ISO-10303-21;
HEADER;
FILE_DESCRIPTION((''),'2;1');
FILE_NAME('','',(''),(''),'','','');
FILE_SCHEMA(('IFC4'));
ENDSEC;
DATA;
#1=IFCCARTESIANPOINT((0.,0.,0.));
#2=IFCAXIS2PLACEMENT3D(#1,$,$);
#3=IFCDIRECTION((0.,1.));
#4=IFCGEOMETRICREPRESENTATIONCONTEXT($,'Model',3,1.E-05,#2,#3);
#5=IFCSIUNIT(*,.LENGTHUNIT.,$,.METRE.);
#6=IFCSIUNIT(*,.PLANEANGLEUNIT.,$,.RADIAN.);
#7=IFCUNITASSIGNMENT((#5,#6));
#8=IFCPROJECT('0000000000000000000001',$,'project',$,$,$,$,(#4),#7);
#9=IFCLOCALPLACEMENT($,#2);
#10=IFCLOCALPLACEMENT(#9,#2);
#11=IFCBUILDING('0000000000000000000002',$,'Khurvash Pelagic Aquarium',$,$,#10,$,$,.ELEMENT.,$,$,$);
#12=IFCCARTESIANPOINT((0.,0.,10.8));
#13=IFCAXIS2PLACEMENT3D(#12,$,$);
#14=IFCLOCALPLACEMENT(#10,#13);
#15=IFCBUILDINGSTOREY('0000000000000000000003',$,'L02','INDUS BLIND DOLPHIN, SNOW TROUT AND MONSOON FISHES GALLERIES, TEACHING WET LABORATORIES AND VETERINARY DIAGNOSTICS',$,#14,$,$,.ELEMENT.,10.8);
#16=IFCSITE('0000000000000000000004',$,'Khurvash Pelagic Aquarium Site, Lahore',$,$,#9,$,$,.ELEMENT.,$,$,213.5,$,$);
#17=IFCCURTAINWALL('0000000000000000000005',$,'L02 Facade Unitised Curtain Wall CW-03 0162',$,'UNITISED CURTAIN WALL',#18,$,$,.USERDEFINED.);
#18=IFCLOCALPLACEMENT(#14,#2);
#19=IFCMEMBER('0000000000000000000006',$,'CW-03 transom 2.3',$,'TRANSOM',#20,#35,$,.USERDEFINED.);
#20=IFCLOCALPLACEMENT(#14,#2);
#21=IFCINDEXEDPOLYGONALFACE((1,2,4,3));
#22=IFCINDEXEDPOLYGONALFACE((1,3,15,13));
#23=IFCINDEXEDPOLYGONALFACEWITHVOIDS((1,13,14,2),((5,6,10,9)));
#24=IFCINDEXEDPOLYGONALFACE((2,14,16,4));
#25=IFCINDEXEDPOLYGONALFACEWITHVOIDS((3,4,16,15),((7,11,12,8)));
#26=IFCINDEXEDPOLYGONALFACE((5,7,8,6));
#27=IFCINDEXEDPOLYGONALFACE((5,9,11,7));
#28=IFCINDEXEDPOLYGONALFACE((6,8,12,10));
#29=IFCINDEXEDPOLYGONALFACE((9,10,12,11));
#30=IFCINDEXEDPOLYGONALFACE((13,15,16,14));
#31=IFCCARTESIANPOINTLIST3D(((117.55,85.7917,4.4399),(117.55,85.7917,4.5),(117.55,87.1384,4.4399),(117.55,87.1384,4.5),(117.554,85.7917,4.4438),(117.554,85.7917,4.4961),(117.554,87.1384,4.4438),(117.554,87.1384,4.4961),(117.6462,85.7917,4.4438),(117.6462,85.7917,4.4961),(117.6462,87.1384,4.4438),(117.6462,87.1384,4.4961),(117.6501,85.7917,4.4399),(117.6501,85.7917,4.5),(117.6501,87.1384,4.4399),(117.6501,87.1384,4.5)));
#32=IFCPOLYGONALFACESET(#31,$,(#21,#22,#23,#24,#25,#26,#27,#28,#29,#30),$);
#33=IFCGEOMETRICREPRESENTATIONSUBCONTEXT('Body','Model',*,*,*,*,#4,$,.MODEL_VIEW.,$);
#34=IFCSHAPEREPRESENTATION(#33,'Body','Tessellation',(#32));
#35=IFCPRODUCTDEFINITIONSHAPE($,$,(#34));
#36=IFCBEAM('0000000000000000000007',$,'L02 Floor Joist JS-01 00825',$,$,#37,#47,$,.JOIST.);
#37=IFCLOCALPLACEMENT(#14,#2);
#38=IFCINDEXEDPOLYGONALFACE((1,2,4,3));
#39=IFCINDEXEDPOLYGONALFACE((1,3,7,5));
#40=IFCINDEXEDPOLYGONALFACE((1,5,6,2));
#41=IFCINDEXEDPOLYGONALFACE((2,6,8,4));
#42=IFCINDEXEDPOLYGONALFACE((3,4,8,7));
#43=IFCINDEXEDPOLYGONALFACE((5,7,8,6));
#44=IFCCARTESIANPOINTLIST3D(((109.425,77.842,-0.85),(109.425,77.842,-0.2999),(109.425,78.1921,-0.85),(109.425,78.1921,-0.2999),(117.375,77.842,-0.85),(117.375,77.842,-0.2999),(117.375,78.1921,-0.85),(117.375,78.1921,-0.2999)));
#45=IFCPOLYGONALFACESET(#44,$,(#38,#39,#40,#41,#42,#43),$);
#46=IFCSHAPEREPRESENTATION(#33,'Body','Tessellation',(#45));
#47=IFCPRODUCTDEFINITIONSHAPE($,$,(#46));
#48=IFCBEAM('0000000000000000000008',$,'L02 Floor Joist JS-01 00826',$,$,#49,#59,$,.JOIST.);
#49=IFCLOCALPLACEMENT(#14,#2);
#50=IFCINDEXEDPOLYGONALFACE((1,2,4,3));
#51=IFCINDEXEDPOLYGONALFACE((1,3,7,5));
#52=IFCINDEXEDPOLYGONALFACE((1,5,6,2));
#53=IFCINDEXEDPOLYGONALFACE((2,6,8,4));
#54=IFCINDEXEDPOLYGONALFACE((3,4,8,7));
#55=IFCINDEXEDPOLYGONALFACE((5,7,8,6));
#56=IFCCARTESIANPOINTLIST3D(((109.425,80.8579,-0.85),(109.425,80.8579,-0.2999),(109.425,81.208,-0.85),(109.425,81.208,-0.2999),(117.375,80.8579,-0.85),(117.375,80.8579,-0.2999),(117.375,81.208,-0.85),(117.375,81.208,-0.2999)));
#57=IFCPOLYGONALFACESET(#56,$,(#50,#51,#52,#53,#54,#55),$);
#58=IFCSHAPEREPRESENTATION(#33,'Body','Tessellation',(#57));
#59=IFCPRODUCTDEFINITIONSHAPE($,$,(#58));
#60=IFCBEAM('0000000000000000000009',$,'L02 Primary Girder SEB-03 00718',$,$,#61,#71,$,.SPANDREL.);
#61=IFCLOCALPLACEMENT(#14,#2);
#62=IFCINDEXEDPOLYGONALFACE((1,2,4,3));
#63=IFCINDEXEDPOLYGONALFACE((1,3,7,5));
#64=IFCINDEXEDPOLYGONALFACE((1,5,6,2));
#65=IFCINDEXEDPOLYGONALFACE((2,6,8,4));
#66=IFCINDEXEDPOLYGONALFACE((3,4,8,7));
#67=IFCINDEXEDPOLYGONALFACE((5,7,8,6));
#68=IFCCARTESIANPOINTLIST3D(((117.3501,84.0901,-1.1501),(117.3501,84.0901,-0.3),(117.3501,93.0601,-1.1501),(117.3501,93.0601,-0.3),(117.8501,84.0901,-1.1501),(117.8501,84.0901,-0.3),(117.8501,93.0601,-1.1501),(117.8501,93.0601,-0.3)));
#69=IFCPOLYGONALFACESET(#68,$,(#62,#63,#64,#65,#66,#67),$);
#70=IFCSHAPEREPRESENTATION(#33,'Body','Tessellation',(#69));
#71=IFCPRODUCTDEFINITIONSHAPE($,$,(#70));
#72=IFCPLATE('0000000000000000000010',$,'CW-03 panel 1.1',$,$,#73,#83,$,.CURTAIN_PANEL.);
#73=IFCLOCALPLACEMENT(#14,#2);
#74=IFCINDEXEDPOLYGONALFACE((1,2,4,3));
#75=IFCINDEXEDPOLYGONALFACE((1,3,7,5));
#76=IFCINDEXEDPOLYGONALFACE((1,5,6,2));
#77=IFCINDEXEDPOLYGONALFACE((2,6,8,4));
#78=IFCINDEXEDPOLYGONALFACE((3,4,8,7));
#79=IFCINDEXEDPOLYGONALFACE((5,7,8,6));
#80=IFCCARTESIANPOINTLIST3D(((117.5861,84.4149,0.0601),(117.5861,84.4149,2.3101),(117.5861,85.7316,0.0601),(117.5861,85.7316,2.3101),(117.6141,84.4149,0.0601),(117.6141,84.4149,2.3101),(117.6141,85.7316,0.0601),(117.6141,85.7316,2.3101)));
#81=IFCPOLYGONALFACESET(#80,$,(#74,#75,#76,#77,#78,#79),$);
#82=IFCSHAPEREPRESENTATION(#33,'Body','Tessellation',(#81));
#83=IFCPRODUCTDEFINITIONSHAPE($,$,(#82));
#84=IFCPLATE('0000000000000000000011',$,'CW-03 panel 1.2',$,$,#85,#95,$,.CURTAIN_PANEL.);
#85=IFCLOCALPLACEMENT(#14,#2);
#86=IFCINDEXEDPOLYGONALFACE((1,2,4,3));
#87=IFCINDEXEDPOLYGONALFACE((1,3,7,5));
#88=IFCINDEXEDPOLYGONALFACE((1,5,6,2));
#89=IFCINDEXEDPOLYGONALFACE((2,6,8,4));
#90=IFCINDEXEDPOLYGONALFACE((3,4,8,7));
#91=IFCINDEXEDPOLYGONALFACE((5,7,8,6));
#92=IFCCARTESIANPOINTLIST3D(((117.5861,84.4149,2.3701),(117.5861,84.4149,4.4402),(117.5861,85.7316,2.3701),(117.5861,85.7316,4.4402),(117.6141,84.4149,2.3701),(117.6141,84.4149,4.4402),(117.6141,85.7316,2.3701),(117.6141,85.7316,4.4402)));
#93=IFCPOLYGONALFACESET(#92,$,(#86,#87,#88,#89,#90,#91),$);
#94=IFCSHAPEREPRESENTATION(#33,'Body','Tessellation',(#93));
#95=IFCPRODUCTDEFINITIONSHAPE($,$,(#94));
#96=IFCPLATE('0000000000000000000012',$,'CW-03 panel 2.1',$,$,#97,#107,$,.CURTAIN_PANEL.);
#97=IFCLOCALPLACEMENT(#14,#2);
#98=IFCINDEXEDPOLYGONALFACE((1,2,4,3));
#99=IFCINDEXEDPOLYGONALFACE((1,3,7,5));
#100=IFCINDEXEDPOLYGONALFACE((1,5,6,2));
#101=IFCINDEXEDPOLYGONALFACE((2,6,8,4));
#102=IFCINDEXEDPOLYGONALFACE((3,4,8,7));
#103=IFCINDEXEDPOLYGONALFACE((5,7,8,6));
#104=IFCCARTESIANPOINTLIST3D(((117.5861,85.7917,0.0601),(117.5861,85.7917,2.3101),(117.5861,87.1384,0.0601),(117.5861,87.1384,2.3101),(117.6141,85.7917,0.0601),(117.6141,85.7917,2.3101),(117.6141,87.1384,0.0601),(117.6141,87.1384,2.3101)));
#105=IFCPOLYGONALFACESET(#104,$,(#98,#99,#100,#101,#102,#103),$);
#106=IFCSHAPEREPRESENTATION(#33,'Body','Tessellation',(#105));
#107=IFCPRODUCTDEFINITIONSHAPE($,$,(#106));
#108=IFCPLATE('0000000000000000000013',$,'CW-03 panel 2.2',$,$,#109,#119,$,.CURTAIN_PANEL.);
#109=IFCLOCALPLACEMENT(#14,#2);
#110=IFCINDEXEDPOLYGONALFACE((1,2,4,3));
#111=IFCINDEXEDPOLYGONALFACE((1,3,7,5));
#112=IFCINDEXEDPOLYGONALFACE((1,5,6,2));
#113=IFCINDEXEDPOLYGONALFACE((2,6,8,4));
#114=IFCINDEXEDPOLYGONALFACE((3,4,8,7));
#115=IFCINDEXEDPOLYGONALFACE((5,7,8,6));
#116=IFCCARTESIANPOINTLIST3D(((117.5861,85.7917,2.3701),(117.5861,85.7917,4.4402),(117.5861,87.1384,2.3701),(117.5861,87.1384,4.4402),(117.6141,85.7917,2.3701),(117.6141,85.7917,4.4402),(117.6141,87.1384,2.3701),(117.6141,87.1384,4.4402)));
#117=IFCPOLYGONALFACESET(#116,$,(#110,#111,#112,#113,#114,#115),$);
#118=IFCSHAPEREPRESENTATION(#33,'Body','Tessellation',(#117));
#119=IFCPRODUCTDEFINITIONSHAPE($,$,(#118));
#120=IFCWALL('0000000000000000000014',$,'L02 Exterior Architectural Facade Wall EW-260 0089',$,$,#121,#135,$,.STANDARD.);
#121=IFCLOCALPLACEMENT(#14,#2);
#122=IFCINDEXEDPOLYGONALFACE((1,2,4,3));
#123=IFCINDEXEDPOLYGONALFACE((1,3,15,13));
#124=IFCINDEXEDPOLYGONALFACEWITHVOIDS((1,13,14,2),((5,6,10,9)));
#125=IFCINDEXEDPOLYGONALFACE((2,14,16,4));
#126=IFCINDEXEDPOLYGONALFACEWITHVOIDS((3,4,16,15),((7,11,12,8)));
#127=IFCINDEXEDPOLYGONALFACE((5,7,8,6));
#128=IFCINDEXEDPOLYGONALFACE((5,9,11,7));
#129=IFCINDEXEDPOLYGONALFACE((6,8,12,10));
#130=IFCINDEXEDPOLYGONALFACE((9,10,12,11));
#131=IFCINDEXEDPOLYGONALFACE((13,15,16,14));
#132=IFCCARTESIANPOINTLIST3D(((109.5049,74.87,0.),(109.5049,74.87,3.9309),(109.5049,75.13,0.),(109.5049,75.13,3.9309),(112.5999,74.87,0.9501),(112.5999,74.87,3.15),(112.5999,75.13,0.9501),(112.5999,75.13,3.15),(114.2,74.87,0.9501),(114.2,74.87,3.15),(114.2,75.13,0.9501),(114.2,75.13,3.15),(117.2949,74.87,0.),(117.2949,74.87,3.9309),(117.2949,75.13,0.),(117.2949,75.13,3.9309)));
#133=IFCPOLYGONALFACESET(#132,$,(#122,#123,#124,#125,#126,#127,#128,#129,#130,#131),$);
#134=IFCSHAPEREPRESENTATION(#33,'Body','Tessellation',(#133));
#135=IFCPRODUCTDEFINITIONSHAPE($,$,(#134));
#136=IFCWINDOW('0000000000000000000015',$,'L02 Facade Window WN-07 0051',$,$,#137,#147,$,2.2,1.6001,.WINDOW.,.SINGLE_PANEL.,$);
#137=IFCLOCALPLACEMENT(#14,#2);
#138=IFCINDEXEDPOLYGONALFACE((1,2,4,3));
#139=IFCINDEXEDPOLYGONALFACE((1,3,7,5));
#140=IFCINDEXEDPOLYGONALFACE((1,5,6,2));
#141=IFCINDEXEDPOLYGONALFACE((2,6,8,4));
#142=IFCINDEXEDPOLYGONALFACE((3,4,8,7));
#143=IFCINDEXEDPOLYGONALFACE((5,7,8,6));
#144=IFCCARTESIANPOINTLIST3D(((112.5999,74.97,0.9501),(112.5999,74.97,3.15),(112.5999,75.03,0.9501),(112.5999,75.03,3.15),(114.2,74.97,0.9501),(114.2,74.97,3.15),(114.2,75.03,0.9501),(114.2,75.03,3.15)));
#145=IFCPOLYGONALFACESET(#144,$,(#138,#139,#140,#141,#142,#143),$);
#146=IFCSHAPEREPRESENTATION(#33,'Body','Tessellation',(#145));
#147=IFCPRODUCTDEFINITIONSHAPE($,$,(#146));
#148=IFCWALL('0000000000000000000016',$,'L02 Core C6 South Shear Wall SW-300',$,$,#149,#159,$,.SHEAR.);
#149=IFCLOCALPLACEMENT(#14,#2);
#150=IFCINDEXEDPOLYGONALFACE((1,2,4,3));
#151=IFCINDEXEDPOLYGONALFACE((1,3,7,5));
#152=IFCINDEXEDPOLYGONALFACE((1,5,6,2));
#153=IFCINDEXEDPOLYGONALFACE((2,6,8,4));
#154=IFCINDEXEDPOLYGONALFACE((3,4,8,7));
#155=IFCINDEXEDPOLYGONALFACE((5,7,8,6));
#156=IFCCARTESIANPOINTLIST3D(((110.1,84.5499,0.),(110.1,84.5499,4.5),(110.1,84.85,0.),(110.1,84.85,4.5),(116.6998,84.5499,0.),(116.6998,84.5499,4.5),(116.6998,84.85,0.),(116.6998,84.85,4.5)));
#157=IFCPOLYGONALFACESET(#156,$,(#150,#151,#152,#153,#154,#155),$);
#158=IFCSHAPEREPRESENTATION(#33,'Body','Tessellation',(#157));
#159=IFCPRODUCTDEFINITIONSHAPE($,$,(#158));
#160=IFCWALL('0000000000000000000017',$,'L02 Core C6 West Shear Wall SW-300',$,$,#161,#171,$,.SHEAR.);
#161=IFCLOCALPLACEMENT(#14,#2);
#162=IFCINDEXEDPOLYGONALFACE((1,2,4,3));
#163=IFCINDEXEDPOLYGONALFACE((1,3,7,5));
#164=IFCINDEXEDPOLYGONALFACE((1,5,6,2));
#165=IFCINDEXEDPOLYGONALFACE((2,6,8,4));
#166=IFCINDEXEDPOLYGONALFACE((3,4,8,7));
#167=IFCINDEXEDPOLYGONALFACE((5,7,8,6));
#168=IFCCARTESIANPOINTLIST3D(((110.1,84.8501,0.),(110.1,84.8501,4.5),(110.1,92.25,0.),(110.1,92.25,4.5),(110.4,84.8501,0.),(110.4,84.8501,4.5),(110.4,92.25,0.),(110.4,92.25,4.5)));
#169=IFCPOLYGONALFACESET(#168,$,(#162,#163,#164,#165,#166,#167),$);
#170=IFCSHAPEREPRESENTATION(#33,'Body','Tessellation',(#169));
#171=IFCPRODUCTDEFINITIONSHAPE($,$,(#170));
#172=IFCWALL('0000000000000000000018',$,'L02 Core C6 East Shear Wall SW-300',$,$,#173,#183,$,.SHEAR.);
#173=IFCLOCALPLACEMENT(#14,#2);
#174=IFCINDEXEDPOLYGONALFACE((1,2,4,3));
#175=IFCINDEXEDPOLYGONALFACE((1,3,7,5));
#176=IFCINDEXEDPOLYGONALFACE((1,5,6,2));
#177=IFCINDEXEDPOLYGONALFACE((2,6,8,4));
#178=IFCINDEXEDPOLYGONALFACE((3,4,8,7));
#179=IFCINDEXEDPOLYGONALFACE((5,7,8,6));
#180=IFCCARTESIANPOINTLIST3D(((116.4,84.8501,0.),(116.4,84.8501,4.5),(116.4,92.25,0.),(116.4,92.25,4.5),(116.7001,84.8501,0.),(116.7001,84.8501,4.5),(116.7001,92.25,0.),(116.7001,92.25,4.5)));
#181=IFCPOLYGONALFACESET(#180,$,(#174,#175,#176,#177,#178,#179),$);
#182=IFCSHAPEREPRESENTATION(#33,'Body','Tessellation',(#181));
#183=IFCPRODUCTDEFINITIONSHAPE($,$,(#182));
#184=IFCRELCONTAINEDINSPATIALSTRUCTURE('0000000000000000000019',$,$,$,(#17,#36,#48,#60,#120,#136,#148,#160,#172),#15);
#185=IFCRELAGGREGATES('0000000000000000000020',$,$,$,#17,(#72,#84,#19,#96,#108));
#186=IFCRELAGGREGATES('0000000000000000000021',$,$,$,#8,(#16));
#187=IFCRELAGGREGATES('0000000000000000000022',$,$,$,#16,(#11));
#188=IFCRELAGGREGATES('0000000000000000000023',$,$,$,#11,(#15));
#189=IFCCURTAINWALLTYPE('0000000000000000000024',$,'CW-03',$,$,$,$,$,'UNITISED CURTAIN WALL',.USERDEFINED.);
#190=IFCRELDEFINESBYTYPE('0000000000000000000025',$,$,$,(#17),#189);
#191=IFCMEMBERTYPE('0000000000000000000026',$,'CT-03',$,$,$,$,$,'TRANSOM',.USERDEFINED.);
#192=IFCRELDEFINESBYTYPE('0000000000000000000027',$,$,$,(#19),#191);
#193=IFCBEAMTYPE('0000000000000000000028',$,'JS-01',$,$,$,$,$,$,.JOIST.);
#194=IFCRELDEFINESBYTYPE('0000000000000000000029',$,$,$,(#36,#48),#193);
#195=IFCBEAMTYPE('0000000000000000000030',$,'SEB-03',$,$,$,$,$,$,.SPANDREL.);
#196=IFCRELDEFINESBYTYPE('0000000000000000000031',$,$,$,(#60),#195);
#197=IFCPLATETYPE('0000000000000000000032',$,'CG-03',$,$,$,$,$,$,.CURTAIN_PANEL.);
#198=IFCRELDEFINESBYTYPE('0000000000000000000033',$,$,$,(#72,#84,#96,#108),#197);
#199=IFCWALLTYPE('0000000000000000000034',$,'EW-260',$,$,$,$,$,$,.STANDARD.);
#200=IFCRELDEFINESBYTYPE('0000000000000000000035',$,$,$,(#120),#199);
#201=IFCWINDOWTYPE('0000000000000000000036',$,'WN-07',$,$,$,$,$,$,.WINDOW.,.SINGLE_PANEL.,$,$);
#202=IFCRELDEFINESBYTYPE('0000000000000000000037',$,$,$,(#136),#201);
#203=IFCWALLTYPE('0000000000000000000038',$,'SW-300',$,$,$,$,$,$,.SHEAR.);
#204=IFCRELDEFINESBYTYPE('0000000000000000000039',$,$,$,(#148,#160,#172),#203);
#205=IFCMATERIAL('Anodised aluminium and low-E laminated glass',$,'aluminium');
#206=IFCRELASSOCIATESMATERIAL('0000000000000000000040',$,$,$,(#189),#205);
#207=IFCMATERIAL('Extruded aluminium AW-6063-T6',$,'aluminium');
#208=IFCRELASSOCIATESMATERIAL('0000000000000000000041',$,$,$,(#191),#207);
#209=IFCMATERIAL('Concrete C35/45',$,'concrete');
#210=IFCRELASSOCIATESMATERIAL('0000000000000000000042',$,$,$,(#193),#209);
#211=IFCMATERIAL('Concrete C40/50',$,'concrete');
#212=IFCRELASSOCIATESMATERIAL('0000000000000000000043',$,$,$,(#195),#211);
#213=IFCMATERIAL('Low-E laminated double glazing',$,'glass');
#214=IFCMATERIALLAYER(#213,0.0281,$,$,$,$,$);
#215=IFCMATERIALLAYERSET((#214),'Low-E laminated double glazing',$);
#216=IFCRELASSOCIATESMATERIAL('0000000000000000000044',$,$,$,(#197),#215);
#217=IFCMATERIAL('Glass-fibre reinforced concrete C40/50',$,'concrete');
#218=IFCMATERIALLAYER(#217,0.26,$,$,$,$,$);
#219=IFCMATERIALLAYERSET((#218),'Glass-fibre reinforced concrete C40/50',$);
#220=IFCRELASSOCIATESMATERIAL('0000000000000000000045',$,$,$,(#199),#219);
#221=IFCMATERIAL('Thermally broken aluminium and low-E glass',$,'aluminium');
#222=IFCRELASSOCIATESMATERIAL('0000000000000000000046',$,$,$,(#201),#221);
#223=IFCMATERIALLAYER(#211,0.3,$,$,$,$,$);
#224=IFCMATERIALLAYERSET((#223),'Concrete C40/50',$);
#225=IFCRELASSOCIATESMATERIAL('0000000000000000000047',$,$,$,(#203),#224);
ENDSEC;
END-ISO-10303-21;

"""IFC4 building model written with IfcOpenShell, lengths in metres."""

from ifc_helpers import new_model, si_unit, direction, frame, frame_2d, origin, origin_2d, place, context, subcontext, project, spatial, rectangle, hollow_rectangle, extrude, material, layer, layer_set, material_profile, profile_set, type_object, element, fill, aggregate, save


model = new_model("IFC4")

# Units and contexts
model_context = context("Model", 3, precision=1e-05, world=origin(), true_north=direction((0.0, 1.0)))
body_context = subcontext(model_context, "Body", "Model", "MODEL_VIEW")
ifc_project = project(units=[si_unit("LENGTHUNIT", "METRE"), si_unit("PLANEANGLEUNIT", "RADIAN")], contexts=[model_context])

# Site, building, storey
site_placement = place(None, origin())
site = spatial("IfcSite", under=ifc_project, at=site_placement, Name="Khurvash Pelagic Aquarium Site, Lahore", CompositionType="ELEMENT", RefElevation=213.5)
building_placement = place(site_placement, origin())
building = spatial("IfcBuilding", under=site, at=building_placement, Name="Khurvash Pelagic Aquarium", CompositionType="ELEMENT")
storey_placement = place(building_placement, frame((0.0, 0.0, 10.8)))
storey = spatial("IfcBuildingStorey", under=building, at=storey_placement, Name="L02", Description="INDUS BLIND DOLPHIN, SNOW TROUT AND MONSOON FISHES GALLERIES, TEACHING WET LABORATORIES AND VETERINARY DIAGNOSTICS", CompositionType="ELEMENT", Elevation=10.8)

# Shared definitions
ifc_material_1 = material(Name="Concrete C40/50", Category="concrete")

# Shared definitions
ifc_material_2 = material(Name="Concrete C35/45", Category="concrete")

# Curtain wall, member
ifc_material_3 = material(Name="Anodised aluminium and low-E laminated glass", Category="aluminium")
curtain_wall_type = type_object("IfcCurtainWallType", Name="CW-03", ElementType="UNITISED CURTAIN WALL", PredefinedType="USERDEFINED", material=ifc_material_3)
curtain_wall_placement = place(storey_placement, origin())
curtain_wall = element("IfcCurtainWall", 1, at=curtain_wall_placement, inside=storey, type_object=curtain_wall_type, Name="L02 Facade Unitised Curtain Wall CW-03 0162", ObjectType="UNITISED CURTAIN WALL", PredefinedType="USERDEFINED")
ifc_material_4 = material(Name="Extruded aluminium AW-6063-T6", Category="aluminium")
ifc_material_profile_1 = material_profile(ifc_material_4, hollow_rectangle(XDim=0.1001, YDim=0.0601, WallThickness=0.0039, at=origin_2d()), Name="CWT100X60X4")
ifc_profile_set_1 = profile_set([ifc_material_profile_1], Name="Extruded aluminium AW-6063-T6")
member_type_1 = type_object("IfcMemberType", Name="CT-03", ElementType="TRANSOM", PredefinedType="USERDEFINED", material=ifc_profile_set_1)
member_1_placement = place(storey_placement, frame((117.6001, 85.7917, 4.47), z_axis=(0.0, 1.0, 0.0), x_axis=(-1.0, 0.0, 0.0)))
member_1 = element("IfcMember", 2, at=member_1_placement, type_object=member_type_1, Name="CW-03 transom 2.3", ObjectType="TRANSOM", PredefinedType="USERDEFINED", context=body_context, shape_type="SweptSolid", body=[
    extrude(hollow_rectangle(XDim=0.1001, YDim=0.0601, WallThickness=0.0039, at=origin_2d()), origin(), (0.0, 0.0, 1.0), 1.3467),
])

# Beams
ifc_material_profile_2 = material_profile(ifc_material_2, rectangle(XDim=0.3501, YDim=0.55, at=origin_2d()), Name="RC350X550")
ifc_profile_set_2 = profile_set([ifc_material_profile_2], Name="Concrete C35/45")
beam_type_1 = type_object("IfcBeamType", Name="JS-01", PredefinedType="JOIST", material=ifc_profile_set_2)
for number, where, z_axis, x_axis, name in (
    (3, (109.425, 78.0171, -0.575), (1.0, 0.0, 0.0), (0.0, 1.0, 0.0), "L02 Floor Joist JS-01 00825"),
    (4, (109.425, 81.033, -0.575), (1.0, 0.0, 0.0), (0.0, 1.0, 0.0), "L02 Floor Joist JS-01 00826"),
):
    element("IfcBeam", number, at=place(storey_placement, frame(where, z_axis=z_axis, x_axis=x_axis)), inside=storey, type_object=beam_type_1, Name=name, PredefinedType="JOIST", context=body_context, shape_type="SweptSolid", body=[
        extrude(rectangle(XDim=0.3501, YDim=0.55, at=origin_2d()), origin(), (0.0, 0.0, 1.0), 7.95),
    ])
ifc_material_profile_3 = material_profile(ifc_material_1, rectangle(XDim=0.5, YDim=0.8501, at=origin_2d()), Name="RC500X850")
ifc_profile_set_3 = profile_set([ifc_material_profile_3], Name="Concrete C40/50")
beam_type_2 = type_object("IfcBeamType", Name="SEB-03", PredefinedType="SPANDREL", material=ifc_profile_set_3)
beam_1_placement = place(storey_placement, frame((117.6001, 84.0901, -0.7251), z_axis=(0.0, 1.0, 0.0), x_axis=(-1.0, 0.0, 0.0)))
element("IfcBeam", 5, at=beam_1_placement, inside=storey, type_object=beam_type_2, Name="L02 Primary Girder SEB-03 00718", PredefinedType="SPANDREL", context=body_context, shape_type="SweptSolid", body=[
    extrude(rectangle(XDim=0.5, YDim=0.8501, at=origin_2d()), origin(), (0.0, 0.0, 1.0), 8.97),
])

# Plates
ifc_material_5 = material(Name="Low-E laminated double glazing", Category="glass")
ifc_layer_1 = layer(ifc_material_5, 0.0281)
ifc_layer_set_1 = layer_set([ifc_layer_1], Name="Low-E laminated double glazing")
plate_type = type_object("IfcPlateType", Name="CG-03", PredefinedType="CURTAIN_PANEL", material=ifc_layer_set_1)
plate_1_placement = place(storey_placement, frame((117.6001, 85.0732, 0.0601), z_axis=(0.0, 0.0, 1.0), x_axis=(0.0, 1.0, 0.0)))
plate_1 = element("IfcPlate", 6, at=plate_1_placement, type_object=plate_type, Name="CW-03 panel 1.1", PredefinedType="CURTAIN_PANEL", context=body_context, shape_type="SweptSolid", body=[
    extrude(rectangle(XDim=1.3167, YDim=0.0281, at=origin_2d()), origin(), (0.0, 0.0, 1.0), 2.25),
])
plate_2_placement = place(storey_placement, frame((117.6001, 85.0732, 2.3701), z_axis=(0.0, 0.0, 1.0), x_axis=(0.0, 1.0, 0.0)))
plate_2 = element("IfcPlate", 7, at=plate_2_placement, type_object=plate_type, Name="CW-03 panel 1.2", PredefinedType="CURTAIN_PANEL", context=body_context, shape_type="SweptSolid", body=[
    extrude(rectangle(XDim=1.3167, YDim=0.0281, at=origin_2d()), origin(), (0.0, 0.0, 1.0), 2.0701),
])
plate_3_placement = place(storey_placement, frame((117.6001, 86.4651, 0.0601), z_axis=(0.0, 0.0, 1.0), x_axis=(0.0, 1.0, 0.0)))
plate_3 = element("IfcPlate", 8, at=plate_3_placement, type_object=plate_type, Name="CW-03 panel 2.1", PredefinedType="CURTAIN_PANEL", context=body_context, shape_type="SweptSolid", body=[
    extrude(rectangle(XDim=1.3467, YDim=0.0281, at=origin_2d()), origin(), (0.0, 0.0, 1.0), 2.25),
])
plate_4_placement = place(storey_placement, frame((117.6001, 86.4651, 2.3701), z_axis=(0.0, 0.0, 1.0), x_axis=(0.0, 1.0, 0.0)))
plate_4 = element("IfcPlate", 9, at=plate_4_placement, type_object=plate_type, Name="CW-03 panel 2.2", PredefinedType="CURTAIN_PANEL", context=body_context, shape_type="SweptSolid", body=[
    extrude(rectangle(XDim=1.3467, YDim=0.0281, at=origin_2d()), origin(), (0.0, 0.0, 1.0), 2.0701),
])
aggregate(curtain_wall, [plate_1, plate_2, member_1, plate_3, plate_4])

# Wall, opening, window
ifc_material_6 = material(Name="Glass-fibre reinforced concrete C40/50", Category="concrete")
ifc_layer_2 = layer(ifc_material_6, 0.26)
ifc_layer_set_2 = layer_set([ifc_layer_2], Name="Glass-fibre reinforced concrete C40/50")
wall_type_1 = type_object("IfcWallType", Name="EW-260", PredefinedType="STANDARD", material=ifc_layer_set_2)
wall_1_placement = place(storey_placement, frame((109.5049, 75.0, 0.0), z_axis=(0.0, 0.0, 1.0), x_axis=(1.0, 0.0, 0.0)))
wall_1 = element("IfcWall", 10, at=wall_1_placement, inside=storey, type_object=wall_type_1, Name="L02 Exterior Architectural Facade Wall EW-260 0089", PredefinedType="STANDARD", context=body_context, shape_type="SweptSolid", body=[
    extrude(rectangle(XDim=7.79, YDim=0.26, at=frame_2d((3.895, 0.0))), origin(), (0.0, 0.0, 1.0), 3.9309),
])
opening_placement = place(wall_1_placement, frame((3.095, 0.0, 0.95)))
opening = element("IfcOpeningElement", 11, at=opening_placement, cuts=wall_1, PredefinedType="OPENING", context=body_context, shape_type="SweptSolid", body=[
    extrude(rectangle(XDim=1.6001, YDim=2.2, at=frame_2d((0.8, 1.1001))), frame((0.0, 0.1401, 0.0), z_axis=(0.0, -1.0, 0.0), x_axis=(1.0, 0.0, 0.0)), (0.0, 0.0, 1.0), 0.28),
])
ifc_material_7 = material(Name="Thermally broken aluminium and low-E glass", Category="aluminium")
window_type = type_object("IfcWindowType", Name="WN-07", PartitioningType="SINGLE_PANEL", PredefinedType="WINDOW", material=ifc_material_7)
window_placement = place(opening_placement, origin())
window = element("IfcWindow", 12, at=window_placement, inside=storey, type_object=window_type, Name="L02 Facade Window WN-07 0051", OverallHeight=2.2, OverallWidth=1.6001, PartitioningType="SINGLE_PANEL", PredefinedType="WINDOW", context=body_context, shape_type="SweptSolid", body=[
    extrude(rectangle(XDim=1.6001, YDim=2.2, at=frame_2d((0.8, 1.1001))), frame((0.0, 0.03, 0.0), z_axis=(0.0, -1.0, 0.0), x_axis=(1.0, 0.0, 0.0)), (0.0, 0.0, 1.0), 0.0601),
])
fill(opening, window)

# Walls
ifc_layer_3 = layer(ifc_material_1, 0.3)
ifc_layer_set_3 = layer_set([ifc_layer_3], Name="Concrete C40/50")
wall_type_2 = type_object("IfcWallType", Name="SW-300", PredefinedType="SHEAR", material=ifc_layer_set_3)
wall_2_placement = place(storey_placement, frame((110.1001, 84.7, 0.0), z_axis=(0.0, 0.0, 1.0), x_axis=(1.0, 0.0, 0.0)))
element("IfcWall", 13, at=wall_2_placement, inside=storey, type_object=wall_type_2, Name="L02 Core C6 South Shear Wall SW-300", PredefinedType="SHEAR", context=body_context, shape_type="SweptSolid", body=[
    extrude(rectangle(XDim=6.5999, YDim=0.3, at=frame_2d((3.2998, 0.0))), origin(), (0.0, 0.0, 1.0), 4.5),
])
for number, where, z_axis, x_axis, name in (
    (14, (110.25, 84.8501, 0.0), (0.0, 0.0, 1.0), (0.0, 1.0, 0.0), "L02 Core C6 West Shear Wall SW-300"),
    (15, (116.55, 84.8501, 0.0), (0.0, 0.0, 1.0), (0.0, 1.0, 0.0), "L02 Core C6 East Shear Wall SW-300"),
):
    element("IfcWall", number, at=place(storey_placement, frame(where, z_axis=z_axis, x_axis=x_axis)), inside=storey, type_object=wall_type_2, Name=name, PredefinedType="SHEAR", context=body_context, shape_type="SweptSolid", body=[
        extrude(rectangle(XDim=7.3999, YDim=0.3, at=frame_2d((3.7, 0.0))), origin(), (0.0, 0.0, 1.0), 4.5),
    ])

save(model, "model.ifc")
